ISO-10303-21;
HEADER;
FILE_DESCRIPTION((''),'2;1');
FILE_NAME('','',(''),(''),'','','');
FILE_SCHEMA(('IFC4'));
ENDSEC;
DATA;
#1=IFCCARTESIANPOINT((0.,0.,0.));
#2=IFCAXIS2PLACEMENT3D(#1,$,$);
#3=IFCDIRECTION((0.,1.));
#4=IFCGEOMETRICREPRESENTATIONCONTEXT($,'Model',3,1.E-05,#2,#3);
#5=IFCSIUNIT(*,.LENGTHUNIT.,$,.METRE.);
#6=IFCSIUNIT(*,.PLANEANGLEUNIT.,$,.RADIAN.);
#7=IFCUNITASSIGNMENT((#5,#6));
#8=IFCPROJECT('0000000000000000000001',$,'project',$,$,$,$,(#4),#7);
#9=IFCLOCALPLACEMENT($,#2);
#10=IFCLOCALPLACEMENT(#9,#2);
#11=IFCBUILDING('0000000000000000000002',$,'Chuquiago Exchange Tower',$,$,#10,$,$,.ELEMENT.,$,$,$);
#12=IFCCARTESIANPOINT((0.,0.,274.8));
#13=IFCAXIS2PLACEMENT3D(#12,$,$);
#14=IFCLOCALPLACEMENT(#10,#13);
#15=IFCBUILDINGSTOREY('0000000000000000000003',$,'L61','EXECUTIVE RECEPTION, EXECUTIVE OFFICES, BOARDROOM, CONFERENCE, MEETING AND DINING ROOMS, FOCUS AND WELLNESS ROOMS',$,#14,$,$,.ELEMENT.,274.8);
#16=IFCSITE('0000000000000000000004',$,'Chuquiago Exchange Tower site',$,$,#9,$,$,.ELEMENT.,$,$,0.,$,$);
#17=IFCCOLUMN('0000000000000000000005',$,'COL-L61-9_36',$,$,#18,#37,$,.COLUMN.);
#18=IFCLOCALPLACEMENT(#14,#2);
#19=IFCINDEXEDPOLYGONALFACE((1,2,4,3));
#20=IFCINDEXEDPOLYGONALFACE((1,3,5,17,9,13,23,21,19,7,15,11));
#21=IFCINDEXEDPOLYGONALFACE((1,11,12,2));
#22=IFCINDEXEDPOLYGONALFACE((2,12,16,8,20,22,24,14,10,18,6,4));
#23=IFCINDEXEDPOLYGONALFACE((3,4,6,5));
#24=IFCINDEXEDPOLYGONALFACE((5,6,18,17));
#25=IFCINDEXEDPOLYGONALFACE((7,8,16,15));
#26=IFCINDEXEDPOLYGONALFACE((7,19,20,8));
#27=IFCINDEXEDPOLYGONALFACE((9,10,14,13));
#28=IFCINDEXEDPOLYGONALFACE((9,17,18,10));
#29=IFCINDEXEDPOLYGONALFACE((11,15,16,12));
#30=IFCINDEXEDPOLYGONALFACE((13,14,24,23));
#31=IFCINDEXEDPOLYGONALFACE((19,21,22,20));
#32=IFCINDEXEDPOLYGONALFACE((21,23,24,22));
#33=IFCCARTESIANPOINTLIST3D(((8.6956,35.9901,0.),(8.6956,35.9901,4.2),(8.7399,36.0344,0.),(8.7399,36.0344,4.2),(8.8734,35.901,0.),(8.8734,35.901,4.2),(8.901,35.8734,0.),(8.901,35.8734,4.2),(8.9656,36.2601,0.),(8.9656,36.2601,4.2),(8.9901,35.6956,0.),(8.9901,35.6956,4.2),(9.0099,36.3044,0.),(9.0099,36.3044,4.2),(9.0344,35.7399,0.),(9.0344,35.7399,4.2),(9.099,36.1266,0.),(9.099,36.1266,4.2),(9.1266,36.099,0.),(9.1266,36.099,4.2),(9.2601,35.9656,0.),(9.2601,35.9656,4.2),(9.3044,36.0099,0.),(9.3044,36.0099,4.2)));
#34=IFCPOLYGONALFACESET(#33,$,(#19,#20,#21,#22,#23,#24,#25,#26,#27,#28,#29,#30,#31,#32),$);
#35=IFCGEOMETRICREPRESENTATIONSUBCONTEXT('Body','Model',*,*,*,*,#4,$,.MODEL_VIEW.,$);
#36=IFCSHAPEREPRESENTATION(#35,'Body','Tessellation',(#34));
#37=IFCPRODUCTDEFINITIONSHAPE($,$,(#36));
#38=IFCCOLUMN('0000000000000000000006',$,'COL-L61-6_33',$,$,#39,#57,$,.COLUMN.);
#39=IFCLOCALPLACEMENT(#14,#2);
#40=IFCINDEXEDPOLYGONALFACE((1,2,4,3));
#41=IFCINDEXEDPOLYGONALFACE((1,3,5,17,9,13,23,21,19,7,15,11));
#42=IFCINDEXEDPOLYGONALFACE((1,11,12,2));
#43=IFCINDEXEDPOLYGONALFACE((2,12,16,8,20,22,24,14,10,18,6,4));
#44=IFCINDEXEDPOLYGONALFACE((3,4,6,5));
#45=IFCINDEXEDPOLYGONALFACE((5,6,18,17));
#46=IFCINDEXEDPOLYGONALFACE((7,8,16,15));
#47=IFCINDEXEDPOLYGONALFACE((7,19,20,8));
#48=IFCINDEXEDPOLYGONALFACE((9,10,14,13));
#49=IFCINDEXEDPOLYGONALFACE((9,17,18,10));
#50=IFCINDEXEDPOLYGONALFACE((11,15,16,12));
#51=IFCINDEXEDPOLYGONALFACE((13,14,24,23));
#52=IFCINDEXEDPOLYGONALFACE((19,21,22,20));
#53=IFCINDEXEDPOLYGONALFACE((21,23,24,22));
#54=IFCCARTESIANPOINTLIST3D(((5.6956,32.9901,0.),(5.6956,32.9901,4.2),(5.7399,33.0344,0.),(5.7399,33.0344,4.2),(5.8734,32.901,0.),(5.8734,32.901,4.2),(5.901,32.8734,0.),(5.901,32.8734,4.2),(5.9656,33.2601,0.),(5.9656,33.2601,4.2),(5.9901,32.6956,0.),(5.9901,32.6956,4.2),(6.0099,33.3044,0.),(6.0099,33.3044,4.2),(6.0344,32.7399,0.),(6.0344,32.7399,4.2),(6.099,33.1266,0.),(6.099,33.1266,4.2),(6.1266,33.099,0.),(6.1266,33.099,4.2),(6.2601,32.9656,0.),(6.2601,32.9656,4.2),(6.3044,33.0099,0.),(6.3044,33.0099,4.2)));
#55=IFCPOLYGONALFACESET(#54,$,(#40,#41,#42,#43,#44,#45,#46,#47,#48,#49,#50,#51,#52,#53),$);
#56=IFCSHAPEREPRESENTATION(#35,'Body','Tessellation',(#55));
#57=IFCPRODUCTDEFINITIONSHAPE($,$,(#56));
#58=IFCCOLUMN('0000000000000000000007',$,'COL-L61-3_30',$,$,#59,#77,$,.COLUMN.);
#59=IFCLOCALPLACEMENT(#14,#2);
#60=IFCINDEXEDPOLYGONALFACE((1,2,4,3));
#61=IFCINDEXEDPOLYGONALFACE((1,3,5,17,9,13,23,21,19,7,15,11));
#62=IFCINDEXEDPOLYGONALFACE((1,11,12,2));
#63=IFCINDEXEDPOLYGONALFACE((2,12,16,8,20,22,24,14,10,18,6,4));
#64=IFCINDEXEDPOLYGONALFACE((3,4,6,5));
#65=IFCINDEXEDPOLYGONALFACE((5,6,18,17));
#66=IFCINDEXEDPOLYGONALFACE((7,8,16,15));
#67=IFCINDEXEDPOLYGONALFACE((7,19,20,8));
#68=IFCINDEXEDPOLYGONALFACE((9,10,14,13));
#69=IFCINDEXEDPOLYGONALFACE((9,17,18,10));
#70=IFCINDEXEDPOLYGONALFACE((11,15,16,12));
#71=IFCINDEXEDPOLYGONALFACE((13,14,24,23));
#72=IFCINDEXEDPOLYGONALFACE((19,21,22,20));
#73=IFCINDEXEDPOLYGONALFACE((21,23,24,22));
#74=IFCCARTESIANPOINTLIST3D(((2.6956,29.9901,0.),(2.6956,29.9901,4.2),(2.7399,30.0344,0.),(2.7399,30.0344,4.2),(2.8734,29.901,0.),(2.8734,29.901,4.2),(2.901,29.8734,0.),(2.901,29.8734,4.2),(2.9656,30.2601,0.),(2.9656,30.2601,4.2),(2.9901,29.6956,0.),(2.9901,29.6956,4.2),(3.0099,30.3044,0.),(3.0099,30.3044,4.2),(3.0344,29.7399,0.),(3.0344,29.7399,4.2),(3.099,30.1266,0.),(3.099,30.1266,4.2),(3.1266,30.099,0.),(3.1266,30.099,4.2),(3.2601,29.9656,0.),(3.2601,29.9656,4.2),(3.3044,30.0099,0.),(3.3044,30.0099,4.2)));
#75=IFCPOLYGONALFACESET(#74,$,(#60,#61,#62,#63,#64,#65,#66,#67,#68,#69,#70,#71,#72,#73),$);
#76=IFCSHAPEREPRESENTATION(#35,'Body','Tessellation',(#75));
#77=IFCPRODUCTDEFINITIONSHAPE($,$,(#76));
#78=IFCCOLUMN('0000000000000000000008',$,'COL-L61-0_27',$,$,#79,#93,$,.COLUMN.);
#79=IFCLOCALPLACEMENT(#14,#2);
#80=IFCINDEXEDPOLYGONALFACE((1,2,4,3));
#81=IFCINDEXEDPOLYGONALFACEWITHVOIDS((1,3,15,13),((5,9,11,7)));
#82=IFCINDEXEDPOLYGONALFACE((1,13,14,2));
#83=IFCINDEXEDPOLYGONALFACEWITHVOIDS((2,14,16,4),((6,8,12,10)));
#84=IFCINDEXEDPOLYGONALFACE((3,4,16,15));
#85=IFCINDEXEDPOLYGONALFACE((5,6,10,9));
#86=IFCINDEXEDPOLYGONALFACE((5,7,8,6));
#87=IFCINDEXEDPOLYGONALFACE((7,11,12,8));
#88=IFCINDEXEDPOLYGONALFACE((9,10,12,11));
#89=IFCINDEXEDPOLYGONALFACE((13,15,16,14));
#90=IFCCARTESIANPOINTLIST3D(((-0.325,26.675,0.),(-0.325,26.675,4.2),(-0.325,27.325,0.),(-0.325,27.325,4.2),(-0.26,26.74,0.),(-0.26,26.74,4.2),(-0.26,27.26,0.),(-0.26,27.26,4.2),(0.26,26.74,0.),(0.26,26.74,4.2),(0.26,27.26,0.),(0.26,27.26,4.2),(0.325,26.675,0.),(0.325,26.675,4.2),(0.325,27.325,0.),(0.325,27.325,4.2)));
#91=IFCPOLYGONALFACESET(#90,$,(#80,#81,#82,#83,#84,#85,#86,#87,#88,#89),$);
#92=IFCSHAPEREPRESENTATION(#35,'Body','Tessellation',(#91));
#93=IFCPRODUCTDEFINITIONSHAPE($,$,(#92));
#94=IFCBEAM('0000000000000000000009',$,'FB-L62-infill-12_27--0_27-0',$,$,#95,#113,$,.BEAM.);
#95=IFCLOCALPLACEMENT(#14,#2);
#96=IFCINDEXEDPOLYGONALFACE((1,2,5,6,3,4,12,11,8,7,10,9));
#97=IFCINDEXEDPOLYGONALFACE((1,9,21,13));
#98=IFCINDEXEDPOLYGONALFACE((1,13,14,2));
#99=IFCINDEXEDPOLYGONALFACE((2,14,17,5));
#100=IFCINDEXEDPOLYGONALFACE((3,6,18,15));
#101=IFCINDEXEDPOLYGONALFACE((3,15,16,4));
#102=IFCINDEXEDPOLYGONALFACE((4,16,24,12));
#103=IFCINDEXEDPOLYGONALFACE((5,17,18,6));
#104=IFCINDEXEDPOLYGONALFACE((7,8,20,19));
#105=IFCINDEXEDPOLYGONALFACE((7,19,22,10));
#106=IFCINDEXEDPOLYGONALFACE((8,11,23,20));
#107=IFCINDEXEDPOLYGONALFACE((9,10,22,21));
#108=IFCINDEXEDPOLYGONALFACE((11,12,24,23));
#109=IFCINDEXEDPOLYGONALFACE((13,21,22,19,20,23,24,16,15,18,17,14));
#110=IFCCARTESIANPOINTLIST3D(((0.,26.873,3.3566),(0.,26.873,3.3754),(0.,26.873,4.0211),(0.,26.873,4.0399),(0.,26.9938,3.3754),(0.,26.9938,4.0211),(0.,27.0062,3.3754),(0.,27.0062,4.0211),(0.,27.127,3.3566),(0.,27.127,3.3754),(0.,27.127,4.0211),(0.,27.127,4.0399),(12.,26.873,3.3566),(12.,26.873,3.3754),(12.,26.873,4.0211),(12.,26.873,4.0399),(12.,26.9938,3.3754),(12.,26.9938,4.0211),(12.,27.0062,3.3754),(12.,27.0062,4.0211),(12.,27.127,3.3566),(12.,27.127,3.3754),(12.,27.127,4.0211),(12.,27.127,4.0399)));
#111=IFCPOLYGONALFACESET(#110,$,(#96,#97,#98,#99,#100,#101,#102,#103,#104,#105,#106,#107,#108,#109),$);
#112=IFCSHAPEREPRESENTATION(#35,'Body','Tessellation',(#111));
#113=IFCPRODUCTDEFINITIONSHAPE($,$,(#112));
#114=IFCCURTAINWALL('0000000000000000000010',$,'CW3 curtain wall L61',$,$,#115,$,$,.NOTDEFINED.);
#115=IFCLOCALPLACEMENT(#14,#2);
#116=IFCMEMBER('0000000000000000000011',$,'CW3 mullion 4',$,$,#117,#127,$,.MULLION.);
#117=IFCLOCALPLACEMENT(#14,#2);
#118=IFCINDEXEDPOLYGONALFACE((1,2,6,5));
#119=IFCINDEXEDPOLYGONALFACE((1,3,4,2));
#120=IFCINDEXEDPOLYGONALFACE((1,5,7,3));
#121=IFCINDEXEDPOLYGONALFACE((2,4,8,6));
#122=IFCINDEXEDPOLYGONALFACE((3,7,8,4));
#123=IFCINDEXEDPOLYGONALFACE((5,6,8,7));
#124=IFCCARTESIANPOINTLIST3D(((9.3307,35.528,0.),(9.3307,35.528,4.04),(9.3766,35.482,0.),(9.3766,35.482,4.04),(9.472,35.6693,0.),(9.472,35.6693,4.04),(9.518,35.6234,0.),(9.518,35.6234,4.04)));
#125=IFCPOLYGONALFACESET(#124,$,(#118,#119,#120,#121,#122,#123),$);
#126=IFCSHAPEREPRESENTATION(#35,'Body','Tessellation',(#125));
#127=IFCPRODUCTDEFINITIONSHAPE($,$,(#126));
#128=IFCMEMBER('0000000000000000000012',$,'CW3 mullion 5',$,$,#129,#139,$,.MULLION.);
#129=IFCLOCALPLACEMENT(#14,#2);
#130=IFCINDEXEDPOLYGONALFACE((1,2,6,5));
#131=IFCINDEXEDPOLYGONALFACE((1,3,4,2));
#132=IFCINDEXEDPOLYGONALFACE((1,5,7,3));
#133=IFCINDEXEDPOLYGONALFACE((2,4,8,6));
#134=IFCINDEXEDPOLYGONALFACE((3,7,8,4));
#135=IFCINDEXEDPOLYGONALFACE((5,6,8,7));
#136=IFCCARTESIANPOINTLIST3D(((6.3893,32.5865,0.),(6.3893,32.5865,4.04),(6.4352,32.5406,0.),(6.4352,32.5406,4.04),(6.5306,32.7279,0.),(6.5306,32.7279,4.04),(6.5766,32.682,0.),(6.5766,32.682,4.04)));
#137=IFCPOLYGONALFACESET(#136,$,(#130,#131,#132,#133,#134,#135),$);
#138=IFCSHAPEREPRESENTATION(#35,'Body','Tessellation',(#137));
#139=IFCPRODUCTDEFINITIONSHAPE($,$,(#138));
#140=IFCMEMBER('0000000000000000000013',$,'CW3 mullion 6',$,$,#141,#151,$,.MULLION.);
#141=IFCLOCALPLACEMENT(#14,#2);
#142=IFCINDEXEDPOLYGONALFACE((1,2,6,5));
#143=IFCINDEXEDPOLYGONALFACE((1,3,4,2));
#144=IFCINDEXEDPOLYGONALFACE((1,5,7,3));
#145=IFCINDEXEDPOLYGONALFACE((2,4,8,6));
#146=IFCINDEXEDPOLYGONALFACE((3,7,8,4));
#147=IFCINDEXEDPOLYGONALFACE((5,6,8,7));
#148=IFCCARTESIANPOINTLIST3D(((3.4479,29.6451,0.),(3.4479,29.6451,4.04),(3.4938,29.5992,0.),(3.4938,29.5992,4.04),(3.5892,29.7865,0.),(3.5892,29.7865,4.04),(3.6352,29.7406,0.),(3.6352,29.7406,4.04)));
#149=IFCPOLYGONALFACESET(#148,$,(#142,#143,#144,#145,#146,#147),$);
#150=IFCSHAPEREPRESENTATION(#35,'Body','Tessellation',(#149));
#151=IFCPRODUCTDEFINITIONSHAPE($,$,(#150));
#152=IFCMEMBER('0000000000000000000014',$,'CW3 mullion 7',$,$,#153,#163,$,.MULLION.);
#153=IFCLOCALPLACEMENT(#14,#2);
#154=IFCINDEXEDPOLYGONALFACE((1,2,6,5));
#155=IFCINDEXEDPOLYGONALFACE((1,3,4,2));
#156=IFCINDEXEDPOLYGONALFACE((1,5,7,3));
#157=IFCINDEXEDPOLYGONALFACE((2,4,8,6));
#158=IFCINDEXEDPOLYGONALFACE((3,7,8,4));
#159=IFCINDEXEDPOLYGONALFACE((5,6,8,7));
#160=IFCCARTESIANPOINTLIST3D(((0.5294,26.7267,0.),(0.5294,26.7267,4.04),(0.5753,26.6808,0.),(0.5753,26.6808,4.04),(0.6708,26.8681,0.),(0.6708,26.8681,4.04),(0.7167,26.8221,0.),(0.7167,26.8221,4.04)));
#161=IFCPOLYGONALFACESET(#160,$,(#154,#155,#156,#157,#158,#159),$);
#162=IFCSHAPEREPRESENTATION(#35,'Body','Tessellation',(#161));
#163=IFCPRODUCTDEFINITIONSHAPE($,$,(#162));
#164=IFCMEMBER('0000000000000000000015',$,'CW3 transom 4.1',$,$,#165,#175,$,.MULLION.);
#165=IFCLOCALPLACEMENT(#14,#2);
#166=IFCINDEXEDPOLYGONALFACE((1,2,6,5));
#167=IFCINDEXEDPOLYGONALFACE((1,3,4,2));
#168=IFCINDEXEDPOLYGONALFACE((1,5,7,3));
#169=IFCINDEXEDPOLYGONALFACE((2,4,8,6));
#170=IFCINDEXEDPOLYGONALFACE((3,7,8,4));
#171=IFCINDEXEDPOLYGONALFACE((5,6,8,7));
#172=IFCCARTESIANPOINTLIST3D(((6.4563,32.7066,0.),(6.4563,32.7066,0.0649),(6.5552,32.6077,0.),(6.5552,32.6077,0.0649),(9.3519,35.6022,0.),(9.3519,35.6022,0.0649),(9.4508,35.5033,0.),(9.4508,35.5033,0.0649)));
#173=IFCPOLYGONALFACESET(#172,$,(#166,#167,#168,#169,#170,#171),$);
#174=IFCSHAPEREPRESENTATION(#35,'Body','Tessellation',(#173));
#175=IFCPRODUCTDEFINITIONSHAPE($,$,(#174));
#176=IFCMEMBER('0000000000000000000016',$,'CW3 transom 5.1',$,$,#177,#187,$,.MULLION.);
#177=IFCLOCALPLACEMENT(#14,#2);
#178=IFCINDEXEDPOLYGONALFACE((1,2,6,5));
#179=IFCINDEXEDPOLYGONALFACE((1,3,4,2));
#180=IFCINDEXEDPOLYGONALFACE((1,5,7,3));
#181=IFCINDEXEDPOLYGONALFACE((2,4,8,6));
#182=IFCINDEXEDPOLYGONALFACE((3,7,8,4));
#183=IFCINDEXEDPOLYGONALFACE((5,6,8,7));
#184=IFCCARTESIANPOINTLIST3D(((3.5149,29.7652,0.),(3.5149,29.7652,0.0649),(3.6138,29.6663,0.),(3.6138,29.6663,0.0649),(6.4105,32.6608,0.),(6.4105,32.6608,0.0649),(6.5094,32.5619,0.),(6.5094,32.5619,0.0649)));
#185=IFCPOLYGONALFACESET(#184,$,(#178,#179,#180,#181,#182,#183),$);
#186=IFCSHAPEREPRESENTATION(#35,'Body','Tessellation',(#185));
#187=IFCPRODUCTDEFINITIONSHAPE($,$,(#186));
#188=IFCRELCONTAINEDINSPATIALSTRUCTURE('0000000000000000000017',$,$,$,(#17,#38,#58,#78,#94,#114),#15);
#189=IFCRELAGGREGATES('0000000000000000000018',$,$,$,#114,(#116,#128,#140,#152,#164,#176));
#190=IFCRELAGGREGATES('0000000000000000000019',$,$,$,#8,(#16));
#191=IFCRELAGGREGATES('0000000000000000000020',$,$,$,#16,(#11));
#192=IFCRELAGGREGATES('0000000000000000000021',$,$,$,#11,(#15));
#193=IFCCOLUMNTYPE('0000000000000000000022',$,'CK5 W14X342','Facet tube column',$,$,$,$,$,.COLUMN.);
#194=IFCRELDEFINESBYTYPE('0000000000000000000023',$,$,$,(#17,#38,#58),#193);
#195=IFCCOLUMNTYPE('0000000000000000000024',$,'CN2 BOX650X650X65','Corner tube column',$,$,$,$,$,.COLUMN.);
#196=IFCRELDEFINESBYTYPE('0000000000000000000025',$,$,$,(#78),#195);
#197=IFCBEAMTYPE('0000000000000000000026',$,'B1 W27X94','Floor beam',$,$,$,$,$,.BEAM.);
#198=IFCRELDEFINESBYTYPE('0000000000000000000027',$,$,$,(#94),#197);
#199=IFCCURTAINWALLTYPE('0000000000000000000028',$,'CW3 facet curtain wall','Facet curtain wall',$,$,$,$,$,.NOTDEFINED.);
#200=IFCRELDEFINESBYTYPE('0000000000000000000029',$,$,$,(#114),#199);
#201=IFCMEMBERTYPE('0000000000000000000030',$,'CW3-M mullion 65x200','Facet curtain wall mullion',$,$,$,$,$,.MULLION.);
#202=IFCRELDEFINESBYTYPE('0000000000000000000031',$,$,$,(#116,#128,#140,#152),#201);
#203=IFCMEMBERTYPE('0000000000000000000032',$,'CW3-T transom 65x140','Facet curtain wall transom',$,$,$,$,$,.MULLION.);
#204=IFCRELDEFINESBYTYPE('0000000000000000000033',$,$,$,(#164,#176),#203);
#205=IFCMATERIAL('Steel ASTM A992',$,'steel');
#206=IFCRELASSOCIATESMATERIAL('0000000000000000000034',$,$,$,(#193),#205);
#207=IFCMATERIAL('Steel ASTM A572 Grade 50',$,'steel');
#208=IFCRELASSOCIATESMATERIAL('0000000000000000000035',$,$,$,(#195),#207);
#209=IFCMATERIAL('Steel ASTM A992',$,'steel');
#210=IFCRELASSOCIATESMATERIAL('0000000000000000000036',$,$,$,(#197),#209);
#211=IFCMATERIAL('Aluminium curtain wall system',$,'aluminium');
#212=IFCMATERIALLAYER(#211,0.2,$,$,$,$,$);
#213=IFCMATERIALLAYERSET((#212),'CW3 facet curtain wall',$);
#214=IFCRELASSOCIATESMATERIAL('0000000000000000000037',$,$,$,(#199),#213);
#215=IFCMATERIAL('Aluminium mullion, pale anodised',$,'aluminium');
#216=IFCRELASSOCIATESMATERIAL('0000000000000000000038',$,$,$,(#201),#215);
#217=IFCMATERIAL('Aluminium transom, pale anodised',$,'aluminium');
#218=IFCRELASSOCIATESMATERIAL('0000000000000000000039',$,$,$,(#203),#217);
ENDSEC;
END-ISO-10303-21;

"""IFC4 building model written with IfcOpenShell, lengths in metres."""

from ifc_helpers import new_model, si_unit, direction, frame, origin, origin_2d, place, context, subcontext, project, spatial, rectangle, hollow_rectangle, i_section, extrude, material, layer, layer_set, material_profile, profile_set, type_object, element, aggregate, save


model = new_model("IFC4")

# Units and contexts
model_context = context("Model", 3, precision=1e-05, world=origin(), true_north=direction((0.0, 1.0)))
body_context = subcontext(model_context, "Body", "Model", "MODEL_VIEW")
ifc_project = project(units=[si_unit("LENGTHUNIT", "METRE"), si_unit("PLANEANGLEUNIT", "RADIAN")], contexts=[model_context])

# Site, building, storey
site_placement = place(None, origin())
site = spatial("IfcSite", under=ifc_project, at=site_placement, Name="Chuquiago Exchange Tower site", CompositionType="ELEMENT", RefElevation=0.0)
building_placement = place(site_placement, origin())
building = spatial("IfcBuilding", under=site, at=building_placement, Name="Chuquiago Exchange Tower", CompositionType="ELEMENT")
storey_placement = place(building_placement, frame((0.0, 0.0, 274.8)))
storey = spatial("IfcBuildingStorey", under=building, at=storey_placement, Name="L61", Description="EXECUTIVE RECEPTION, EXECUTIVE OFFICES, BOARDROOM, CONFERENCE, MEETING AND DINING ROOMS, FOCUS AND WELLNESS ROOMS", CompositionType="ELEMENT", Elevation=274.8)

# Columns
ifc_material_1 = material(Name="Steel ASTM A992", Category="steel")
ifc_material_profile_1 = material_profile(ifc_material_1, i_section(OverallWidth=0.4165, OverallDepth=0.4446, WebThickness=0.0391, FlangeThickness=0.0627, at=origin_2d()), Name="W14X342")
ifc_profile_set_1 = profile_set([ifc_material_profile_1], Name="Steel ASTM A992")
column_type_1 = type_object("IfcColumnType", Name="CK5 W14X342", Description="Facet tube column", PredefinedType="COLUMN", material=ifc_profile_set_1)
for number, where, z_axis, x_axis, name in (
    (1, (9.0, 36.0, 0.0), (0.0, 0.0, 1.0), (-0.707107, 0.707107, 0.0), "COL-L61-9_36"),
    (2, (6.0, 33.0, 0.0), (0.0, 0.0, 1.0), (-0.707107, 0.707107, 0.0), "COL-L61-6_33"),
    (3, (3.0, 30.0, 0.0), (0.0, 0.0, 1.0), (-0.707107, 0.707107, 0.0), "COL-L61-3_30"),
):
    element("IfcColumn", number, at=place(storey_placement, frame(where, z_axis=z_axis, x_axis=x_axis)), inside=storey, type_object=column_type_1, Name=name, PredefinedType="COLUMN", context=body_context, shape_type="SweptSolid", body=[
        extrude(i_section(OverallWidth=0.4165, OverallDepth=0.4446, WebThickness=0.0391, FlangeThickness=0.0627, at=origin_2d()), origin(), (0.0, 0.0, 1.0), 4.2),
    ])
ifc_material_2 = material(Name="Steel ASTM A572 Grade 50", Category="steel")
ifc_material_profile_2 = material_profile(ifc_material_2, hollow_rectangle(XDim=0.6499, YDim=0.6499, WallThickness=0.0649, at=origin_2d()), Name="BOX650X650X65")
ifc_profile_set_2 = profile_set([ifc_material_profile_2], Name="Steel ASTM A572 Grade 50")
column_type_2 = type_object("IfcColumnType", Name="CN2 BOX650X650X65", Description="Corner tube column", PredefinedType="COLUMN", material=ifc_profile_set_2)
column_placement = place(storey_placement, frame((0.0, 27.0, 0.0), z_axis=(0.0, 0.0, 1.0), x_axis=(-1.0, 0.0, 0.0)))
element("IfcColumn", 4, at=column_placement, inside=storey, type_object=column_type_2, Name="COL-L61-0_27", PredefinedType="COLUMN", context=body_context, shape_type="SweptSolid", body=[
    extrude(hollow_rectangle(XDim=0.6499, YDim=0.6499, WallThickness=0.0649, at=origin_2d()), origin(), (0.0, 0.0, 1.0), 4.2),
])

# Beam
ifc_material_3 = material(Name="Steel ASTM A992", Category="steel")
ifc_material_profile_3 = material_profile(ifc_material_3, i_section(OverallWidth=0.2539, OverallDepth=0.6833, WebThickness=0.0125, FlangeThickness=0.0188, at=origin_2d()), Name="W27X94")
ifc_profile_set_3 = profile_set([ifc_material_profile_3], Name="Steel ASTM A992")
beam_type_1 = type_object("IfcBeamType", Name="B1 W27X94", Description="Floor beam", PredefinedType="BEAM", material=ifc_profile_set_3)
beam_1_placement = place(storey_placement, frame((12.0, 27.0, 3.6982), z_axis=(-1.0, 0.0, 0.0), x_axis=(0.0, -1.0, 0.0)))
element("IfcBeam", 5, at=beam_1_placement, inside=storey, type_object=beam_type_1, Name="FB-L62-infill-12_27--0_27-0", PredefinedType="BEAM", context=body_context, shape_type="SweptSolid", body=[
    extrude(i_section(OverallWidth=0.2539, OverallDepth=0.6833, WebThickness=0.0125, FlangeThickness=0.0188, at=origin_2d()), origin(), (0.0, 0.0, 1.0), 12.0),
])

# Curtain wall, members
ifc_material_4 = material(Name="Aluminium curtain wall system", Category="aluminium")
ifc_layer_1 = layer(ifc_material_4, 0.2)
ifc_layer_set_1 = layer_set([ifc_layer_1], Name="CW3 facet curtain wall")
curtain_wall_type = type_object("IfcCurtainWallType", Name="CW3 facet curtain wall", Description="Facet curtain wall", PredefinedType="NOTDEFINED", material=ifc_layer_set_1)
curtain_wall_placement = place(storey_placement, origin())
curtain_wall = element("IfcCurtainWall", 6, at=curtain_wall_placement, inside=storey, type_object=curtain_wall_type, Name="CW3 curtain wall L61", PredefinedType="NOTDEFINED")
ifc_material_5 = material(Name="Aluminium mullion, pale anodised", Category="aluminium")
ifc_material_profile_4 = material_profile(ifc_material_5, rectangle(XDim=0.0649, YDim=0.2, at=origin_2d()), Name="AL 65x200")
ifc_profile_set_4 = profile_set([ifc_material_profile_4], Name="Aluminium mullion, pale anodised")
member_type_1 = type_object("IfcMemberType", Name="CW3-M mullion 65x200", Description="Facet curtain wall mullion", PredefinedType="MULLION", material=ifc_profile_set_4)
member_1_placement = place(storey_placement, frame((9.4243, 35.5757, 0.0), z_axis=(0.0, 0.0, 1.0), x_axis=(0.707107, -0.707107, 0.0)))
member_1 = element("IfcMember", 7, at=member_1_placement, type_object=member_type_1, Name="CW3 mullion 4", PredefinedType="MULLION", context=body_context, shape_type="SweptSolid", body=[
    extrude(rectangle(XDim=0.0649, YDim=0.2, at=origin_2d()), origin(), (0.0, 0.0, 1.0), 4.04),
])
member_2_placement = place(storey_placement, frame((6.4829, 32.6343, 0.0), z_axis=(0.0, 0.0, 1.0), x_axis=(0.707107, -0.707107, 0.0)))
member_2 = element("IfcMember", 8, at=member_2_placement, type_object=member_type_1, Name="CW3 mullion 5", PredefinedType="MULLION", context=body_context, shape_type="SweptSolid", body=[
    extrude(rectangle(XDim=0.0649, YDim=0.2, at=origin_2d()), origin(), (0.0, 0.0, 1.0), 4.04),
])
member_3_placement = place(storey_placement, frame((3.5415, 29.6929, 0.0), z_axis=(0.0, 0.0, 1.0), x_axis=(0.707107, -0.707107, 0.0)))
member_3 = element("IfcMember", 9, at=member_3_placement, type_object=member_type_1, Name="CW3 mullion 6", PredefinedType="MULLION", context=body_context, shape_type="SweptSolid", body=[
    extrude(rectangle(XDim=0.0649, YDim=0.2, at=origin_2d()), origin(), (0.0, 0.0, 1.0), 4.04),
])
member_4_placement = place(storey_placement, frame((0.623, 26.7744, 0.0), z_axis=(0.0, 0.0, 1.0), x_axis=(0.707107, -0.707107, 0.0)))
member_4 = element("IfcMember", 10, at=member_4_placement, type_object=member_type_1, Name="CW3 mullion 7", PredefinedType="MULLION", context=body_context, shape_type="SweptSolid", body=[
    extrude(rectangle(XDim=0.0649, YDim=0.2, at=origin_2d()), origin(), (0.0, 0.0, 1.0), 4.04),
])
ifc_material_6 = material(Name="Aluminium transom, pale anodised", Category="aluminium")
ifc_material_profile_5 = material_profile(ifc_material_6, rectangle(XDim=0.1399, YDim=0.0649, at=origin_2d()), Name="AL 140x65")
ifc_profile_set_5 = profile_set([ifc_material_profile_5], Name="Aluminium transom, pale anodised")
member_type_2 = type_object("IfcMemberType", Name="CW3-T transom 65x140", Description="Facet curtain wall transom", PredefinedType="MULLION", material=ifc_profile_set_5)
member_5_placement = place(storey_placement, frame((9.4014, 35.5527, 0.0325), z_axis=(-0.707107, -0.707107, 0.0), x_axis=(0.707107, -0.707107, 0.0)))
member_5 = element("IfcMember", 11, at=member_5_placement, type_object=member_type_2, Name="CW3 transom 4.1", PredefinedType="MULLION", context=body_context, shape_type="SweptSolid", body=[
    extrude(rectangle(XDim=0.1399, YDim=0.0649, at=origin_2d()), origin(), (0.0, 0.0, 1.0), 4.095),
])
member_6_placement = place(storey_placement, frame((6.46, 32.6113, 0.0325), z_axis=(-0.707107, -0.707107, 0.0), x_axis=(0.707107, -0.707107, 0.0)))
member_6 = element("IfcMember", 12, at=member_6_placement, type_object=member_type_2, Name="CW3 transom 5.1", PredefinedType="MULLION", context=body_context, shape_type="SweptSolid", body=[
    extrude(rectangle(XDim=0.1399, YDim=0.0649, at=origin_2d()), origin(), (0.0, 0.0, 1.0), 4.095),
])

aggregate(curtain_wall, [member_1, member_2, member_3, member_4, member_5, member_6])

save(model, "model.ifc")
